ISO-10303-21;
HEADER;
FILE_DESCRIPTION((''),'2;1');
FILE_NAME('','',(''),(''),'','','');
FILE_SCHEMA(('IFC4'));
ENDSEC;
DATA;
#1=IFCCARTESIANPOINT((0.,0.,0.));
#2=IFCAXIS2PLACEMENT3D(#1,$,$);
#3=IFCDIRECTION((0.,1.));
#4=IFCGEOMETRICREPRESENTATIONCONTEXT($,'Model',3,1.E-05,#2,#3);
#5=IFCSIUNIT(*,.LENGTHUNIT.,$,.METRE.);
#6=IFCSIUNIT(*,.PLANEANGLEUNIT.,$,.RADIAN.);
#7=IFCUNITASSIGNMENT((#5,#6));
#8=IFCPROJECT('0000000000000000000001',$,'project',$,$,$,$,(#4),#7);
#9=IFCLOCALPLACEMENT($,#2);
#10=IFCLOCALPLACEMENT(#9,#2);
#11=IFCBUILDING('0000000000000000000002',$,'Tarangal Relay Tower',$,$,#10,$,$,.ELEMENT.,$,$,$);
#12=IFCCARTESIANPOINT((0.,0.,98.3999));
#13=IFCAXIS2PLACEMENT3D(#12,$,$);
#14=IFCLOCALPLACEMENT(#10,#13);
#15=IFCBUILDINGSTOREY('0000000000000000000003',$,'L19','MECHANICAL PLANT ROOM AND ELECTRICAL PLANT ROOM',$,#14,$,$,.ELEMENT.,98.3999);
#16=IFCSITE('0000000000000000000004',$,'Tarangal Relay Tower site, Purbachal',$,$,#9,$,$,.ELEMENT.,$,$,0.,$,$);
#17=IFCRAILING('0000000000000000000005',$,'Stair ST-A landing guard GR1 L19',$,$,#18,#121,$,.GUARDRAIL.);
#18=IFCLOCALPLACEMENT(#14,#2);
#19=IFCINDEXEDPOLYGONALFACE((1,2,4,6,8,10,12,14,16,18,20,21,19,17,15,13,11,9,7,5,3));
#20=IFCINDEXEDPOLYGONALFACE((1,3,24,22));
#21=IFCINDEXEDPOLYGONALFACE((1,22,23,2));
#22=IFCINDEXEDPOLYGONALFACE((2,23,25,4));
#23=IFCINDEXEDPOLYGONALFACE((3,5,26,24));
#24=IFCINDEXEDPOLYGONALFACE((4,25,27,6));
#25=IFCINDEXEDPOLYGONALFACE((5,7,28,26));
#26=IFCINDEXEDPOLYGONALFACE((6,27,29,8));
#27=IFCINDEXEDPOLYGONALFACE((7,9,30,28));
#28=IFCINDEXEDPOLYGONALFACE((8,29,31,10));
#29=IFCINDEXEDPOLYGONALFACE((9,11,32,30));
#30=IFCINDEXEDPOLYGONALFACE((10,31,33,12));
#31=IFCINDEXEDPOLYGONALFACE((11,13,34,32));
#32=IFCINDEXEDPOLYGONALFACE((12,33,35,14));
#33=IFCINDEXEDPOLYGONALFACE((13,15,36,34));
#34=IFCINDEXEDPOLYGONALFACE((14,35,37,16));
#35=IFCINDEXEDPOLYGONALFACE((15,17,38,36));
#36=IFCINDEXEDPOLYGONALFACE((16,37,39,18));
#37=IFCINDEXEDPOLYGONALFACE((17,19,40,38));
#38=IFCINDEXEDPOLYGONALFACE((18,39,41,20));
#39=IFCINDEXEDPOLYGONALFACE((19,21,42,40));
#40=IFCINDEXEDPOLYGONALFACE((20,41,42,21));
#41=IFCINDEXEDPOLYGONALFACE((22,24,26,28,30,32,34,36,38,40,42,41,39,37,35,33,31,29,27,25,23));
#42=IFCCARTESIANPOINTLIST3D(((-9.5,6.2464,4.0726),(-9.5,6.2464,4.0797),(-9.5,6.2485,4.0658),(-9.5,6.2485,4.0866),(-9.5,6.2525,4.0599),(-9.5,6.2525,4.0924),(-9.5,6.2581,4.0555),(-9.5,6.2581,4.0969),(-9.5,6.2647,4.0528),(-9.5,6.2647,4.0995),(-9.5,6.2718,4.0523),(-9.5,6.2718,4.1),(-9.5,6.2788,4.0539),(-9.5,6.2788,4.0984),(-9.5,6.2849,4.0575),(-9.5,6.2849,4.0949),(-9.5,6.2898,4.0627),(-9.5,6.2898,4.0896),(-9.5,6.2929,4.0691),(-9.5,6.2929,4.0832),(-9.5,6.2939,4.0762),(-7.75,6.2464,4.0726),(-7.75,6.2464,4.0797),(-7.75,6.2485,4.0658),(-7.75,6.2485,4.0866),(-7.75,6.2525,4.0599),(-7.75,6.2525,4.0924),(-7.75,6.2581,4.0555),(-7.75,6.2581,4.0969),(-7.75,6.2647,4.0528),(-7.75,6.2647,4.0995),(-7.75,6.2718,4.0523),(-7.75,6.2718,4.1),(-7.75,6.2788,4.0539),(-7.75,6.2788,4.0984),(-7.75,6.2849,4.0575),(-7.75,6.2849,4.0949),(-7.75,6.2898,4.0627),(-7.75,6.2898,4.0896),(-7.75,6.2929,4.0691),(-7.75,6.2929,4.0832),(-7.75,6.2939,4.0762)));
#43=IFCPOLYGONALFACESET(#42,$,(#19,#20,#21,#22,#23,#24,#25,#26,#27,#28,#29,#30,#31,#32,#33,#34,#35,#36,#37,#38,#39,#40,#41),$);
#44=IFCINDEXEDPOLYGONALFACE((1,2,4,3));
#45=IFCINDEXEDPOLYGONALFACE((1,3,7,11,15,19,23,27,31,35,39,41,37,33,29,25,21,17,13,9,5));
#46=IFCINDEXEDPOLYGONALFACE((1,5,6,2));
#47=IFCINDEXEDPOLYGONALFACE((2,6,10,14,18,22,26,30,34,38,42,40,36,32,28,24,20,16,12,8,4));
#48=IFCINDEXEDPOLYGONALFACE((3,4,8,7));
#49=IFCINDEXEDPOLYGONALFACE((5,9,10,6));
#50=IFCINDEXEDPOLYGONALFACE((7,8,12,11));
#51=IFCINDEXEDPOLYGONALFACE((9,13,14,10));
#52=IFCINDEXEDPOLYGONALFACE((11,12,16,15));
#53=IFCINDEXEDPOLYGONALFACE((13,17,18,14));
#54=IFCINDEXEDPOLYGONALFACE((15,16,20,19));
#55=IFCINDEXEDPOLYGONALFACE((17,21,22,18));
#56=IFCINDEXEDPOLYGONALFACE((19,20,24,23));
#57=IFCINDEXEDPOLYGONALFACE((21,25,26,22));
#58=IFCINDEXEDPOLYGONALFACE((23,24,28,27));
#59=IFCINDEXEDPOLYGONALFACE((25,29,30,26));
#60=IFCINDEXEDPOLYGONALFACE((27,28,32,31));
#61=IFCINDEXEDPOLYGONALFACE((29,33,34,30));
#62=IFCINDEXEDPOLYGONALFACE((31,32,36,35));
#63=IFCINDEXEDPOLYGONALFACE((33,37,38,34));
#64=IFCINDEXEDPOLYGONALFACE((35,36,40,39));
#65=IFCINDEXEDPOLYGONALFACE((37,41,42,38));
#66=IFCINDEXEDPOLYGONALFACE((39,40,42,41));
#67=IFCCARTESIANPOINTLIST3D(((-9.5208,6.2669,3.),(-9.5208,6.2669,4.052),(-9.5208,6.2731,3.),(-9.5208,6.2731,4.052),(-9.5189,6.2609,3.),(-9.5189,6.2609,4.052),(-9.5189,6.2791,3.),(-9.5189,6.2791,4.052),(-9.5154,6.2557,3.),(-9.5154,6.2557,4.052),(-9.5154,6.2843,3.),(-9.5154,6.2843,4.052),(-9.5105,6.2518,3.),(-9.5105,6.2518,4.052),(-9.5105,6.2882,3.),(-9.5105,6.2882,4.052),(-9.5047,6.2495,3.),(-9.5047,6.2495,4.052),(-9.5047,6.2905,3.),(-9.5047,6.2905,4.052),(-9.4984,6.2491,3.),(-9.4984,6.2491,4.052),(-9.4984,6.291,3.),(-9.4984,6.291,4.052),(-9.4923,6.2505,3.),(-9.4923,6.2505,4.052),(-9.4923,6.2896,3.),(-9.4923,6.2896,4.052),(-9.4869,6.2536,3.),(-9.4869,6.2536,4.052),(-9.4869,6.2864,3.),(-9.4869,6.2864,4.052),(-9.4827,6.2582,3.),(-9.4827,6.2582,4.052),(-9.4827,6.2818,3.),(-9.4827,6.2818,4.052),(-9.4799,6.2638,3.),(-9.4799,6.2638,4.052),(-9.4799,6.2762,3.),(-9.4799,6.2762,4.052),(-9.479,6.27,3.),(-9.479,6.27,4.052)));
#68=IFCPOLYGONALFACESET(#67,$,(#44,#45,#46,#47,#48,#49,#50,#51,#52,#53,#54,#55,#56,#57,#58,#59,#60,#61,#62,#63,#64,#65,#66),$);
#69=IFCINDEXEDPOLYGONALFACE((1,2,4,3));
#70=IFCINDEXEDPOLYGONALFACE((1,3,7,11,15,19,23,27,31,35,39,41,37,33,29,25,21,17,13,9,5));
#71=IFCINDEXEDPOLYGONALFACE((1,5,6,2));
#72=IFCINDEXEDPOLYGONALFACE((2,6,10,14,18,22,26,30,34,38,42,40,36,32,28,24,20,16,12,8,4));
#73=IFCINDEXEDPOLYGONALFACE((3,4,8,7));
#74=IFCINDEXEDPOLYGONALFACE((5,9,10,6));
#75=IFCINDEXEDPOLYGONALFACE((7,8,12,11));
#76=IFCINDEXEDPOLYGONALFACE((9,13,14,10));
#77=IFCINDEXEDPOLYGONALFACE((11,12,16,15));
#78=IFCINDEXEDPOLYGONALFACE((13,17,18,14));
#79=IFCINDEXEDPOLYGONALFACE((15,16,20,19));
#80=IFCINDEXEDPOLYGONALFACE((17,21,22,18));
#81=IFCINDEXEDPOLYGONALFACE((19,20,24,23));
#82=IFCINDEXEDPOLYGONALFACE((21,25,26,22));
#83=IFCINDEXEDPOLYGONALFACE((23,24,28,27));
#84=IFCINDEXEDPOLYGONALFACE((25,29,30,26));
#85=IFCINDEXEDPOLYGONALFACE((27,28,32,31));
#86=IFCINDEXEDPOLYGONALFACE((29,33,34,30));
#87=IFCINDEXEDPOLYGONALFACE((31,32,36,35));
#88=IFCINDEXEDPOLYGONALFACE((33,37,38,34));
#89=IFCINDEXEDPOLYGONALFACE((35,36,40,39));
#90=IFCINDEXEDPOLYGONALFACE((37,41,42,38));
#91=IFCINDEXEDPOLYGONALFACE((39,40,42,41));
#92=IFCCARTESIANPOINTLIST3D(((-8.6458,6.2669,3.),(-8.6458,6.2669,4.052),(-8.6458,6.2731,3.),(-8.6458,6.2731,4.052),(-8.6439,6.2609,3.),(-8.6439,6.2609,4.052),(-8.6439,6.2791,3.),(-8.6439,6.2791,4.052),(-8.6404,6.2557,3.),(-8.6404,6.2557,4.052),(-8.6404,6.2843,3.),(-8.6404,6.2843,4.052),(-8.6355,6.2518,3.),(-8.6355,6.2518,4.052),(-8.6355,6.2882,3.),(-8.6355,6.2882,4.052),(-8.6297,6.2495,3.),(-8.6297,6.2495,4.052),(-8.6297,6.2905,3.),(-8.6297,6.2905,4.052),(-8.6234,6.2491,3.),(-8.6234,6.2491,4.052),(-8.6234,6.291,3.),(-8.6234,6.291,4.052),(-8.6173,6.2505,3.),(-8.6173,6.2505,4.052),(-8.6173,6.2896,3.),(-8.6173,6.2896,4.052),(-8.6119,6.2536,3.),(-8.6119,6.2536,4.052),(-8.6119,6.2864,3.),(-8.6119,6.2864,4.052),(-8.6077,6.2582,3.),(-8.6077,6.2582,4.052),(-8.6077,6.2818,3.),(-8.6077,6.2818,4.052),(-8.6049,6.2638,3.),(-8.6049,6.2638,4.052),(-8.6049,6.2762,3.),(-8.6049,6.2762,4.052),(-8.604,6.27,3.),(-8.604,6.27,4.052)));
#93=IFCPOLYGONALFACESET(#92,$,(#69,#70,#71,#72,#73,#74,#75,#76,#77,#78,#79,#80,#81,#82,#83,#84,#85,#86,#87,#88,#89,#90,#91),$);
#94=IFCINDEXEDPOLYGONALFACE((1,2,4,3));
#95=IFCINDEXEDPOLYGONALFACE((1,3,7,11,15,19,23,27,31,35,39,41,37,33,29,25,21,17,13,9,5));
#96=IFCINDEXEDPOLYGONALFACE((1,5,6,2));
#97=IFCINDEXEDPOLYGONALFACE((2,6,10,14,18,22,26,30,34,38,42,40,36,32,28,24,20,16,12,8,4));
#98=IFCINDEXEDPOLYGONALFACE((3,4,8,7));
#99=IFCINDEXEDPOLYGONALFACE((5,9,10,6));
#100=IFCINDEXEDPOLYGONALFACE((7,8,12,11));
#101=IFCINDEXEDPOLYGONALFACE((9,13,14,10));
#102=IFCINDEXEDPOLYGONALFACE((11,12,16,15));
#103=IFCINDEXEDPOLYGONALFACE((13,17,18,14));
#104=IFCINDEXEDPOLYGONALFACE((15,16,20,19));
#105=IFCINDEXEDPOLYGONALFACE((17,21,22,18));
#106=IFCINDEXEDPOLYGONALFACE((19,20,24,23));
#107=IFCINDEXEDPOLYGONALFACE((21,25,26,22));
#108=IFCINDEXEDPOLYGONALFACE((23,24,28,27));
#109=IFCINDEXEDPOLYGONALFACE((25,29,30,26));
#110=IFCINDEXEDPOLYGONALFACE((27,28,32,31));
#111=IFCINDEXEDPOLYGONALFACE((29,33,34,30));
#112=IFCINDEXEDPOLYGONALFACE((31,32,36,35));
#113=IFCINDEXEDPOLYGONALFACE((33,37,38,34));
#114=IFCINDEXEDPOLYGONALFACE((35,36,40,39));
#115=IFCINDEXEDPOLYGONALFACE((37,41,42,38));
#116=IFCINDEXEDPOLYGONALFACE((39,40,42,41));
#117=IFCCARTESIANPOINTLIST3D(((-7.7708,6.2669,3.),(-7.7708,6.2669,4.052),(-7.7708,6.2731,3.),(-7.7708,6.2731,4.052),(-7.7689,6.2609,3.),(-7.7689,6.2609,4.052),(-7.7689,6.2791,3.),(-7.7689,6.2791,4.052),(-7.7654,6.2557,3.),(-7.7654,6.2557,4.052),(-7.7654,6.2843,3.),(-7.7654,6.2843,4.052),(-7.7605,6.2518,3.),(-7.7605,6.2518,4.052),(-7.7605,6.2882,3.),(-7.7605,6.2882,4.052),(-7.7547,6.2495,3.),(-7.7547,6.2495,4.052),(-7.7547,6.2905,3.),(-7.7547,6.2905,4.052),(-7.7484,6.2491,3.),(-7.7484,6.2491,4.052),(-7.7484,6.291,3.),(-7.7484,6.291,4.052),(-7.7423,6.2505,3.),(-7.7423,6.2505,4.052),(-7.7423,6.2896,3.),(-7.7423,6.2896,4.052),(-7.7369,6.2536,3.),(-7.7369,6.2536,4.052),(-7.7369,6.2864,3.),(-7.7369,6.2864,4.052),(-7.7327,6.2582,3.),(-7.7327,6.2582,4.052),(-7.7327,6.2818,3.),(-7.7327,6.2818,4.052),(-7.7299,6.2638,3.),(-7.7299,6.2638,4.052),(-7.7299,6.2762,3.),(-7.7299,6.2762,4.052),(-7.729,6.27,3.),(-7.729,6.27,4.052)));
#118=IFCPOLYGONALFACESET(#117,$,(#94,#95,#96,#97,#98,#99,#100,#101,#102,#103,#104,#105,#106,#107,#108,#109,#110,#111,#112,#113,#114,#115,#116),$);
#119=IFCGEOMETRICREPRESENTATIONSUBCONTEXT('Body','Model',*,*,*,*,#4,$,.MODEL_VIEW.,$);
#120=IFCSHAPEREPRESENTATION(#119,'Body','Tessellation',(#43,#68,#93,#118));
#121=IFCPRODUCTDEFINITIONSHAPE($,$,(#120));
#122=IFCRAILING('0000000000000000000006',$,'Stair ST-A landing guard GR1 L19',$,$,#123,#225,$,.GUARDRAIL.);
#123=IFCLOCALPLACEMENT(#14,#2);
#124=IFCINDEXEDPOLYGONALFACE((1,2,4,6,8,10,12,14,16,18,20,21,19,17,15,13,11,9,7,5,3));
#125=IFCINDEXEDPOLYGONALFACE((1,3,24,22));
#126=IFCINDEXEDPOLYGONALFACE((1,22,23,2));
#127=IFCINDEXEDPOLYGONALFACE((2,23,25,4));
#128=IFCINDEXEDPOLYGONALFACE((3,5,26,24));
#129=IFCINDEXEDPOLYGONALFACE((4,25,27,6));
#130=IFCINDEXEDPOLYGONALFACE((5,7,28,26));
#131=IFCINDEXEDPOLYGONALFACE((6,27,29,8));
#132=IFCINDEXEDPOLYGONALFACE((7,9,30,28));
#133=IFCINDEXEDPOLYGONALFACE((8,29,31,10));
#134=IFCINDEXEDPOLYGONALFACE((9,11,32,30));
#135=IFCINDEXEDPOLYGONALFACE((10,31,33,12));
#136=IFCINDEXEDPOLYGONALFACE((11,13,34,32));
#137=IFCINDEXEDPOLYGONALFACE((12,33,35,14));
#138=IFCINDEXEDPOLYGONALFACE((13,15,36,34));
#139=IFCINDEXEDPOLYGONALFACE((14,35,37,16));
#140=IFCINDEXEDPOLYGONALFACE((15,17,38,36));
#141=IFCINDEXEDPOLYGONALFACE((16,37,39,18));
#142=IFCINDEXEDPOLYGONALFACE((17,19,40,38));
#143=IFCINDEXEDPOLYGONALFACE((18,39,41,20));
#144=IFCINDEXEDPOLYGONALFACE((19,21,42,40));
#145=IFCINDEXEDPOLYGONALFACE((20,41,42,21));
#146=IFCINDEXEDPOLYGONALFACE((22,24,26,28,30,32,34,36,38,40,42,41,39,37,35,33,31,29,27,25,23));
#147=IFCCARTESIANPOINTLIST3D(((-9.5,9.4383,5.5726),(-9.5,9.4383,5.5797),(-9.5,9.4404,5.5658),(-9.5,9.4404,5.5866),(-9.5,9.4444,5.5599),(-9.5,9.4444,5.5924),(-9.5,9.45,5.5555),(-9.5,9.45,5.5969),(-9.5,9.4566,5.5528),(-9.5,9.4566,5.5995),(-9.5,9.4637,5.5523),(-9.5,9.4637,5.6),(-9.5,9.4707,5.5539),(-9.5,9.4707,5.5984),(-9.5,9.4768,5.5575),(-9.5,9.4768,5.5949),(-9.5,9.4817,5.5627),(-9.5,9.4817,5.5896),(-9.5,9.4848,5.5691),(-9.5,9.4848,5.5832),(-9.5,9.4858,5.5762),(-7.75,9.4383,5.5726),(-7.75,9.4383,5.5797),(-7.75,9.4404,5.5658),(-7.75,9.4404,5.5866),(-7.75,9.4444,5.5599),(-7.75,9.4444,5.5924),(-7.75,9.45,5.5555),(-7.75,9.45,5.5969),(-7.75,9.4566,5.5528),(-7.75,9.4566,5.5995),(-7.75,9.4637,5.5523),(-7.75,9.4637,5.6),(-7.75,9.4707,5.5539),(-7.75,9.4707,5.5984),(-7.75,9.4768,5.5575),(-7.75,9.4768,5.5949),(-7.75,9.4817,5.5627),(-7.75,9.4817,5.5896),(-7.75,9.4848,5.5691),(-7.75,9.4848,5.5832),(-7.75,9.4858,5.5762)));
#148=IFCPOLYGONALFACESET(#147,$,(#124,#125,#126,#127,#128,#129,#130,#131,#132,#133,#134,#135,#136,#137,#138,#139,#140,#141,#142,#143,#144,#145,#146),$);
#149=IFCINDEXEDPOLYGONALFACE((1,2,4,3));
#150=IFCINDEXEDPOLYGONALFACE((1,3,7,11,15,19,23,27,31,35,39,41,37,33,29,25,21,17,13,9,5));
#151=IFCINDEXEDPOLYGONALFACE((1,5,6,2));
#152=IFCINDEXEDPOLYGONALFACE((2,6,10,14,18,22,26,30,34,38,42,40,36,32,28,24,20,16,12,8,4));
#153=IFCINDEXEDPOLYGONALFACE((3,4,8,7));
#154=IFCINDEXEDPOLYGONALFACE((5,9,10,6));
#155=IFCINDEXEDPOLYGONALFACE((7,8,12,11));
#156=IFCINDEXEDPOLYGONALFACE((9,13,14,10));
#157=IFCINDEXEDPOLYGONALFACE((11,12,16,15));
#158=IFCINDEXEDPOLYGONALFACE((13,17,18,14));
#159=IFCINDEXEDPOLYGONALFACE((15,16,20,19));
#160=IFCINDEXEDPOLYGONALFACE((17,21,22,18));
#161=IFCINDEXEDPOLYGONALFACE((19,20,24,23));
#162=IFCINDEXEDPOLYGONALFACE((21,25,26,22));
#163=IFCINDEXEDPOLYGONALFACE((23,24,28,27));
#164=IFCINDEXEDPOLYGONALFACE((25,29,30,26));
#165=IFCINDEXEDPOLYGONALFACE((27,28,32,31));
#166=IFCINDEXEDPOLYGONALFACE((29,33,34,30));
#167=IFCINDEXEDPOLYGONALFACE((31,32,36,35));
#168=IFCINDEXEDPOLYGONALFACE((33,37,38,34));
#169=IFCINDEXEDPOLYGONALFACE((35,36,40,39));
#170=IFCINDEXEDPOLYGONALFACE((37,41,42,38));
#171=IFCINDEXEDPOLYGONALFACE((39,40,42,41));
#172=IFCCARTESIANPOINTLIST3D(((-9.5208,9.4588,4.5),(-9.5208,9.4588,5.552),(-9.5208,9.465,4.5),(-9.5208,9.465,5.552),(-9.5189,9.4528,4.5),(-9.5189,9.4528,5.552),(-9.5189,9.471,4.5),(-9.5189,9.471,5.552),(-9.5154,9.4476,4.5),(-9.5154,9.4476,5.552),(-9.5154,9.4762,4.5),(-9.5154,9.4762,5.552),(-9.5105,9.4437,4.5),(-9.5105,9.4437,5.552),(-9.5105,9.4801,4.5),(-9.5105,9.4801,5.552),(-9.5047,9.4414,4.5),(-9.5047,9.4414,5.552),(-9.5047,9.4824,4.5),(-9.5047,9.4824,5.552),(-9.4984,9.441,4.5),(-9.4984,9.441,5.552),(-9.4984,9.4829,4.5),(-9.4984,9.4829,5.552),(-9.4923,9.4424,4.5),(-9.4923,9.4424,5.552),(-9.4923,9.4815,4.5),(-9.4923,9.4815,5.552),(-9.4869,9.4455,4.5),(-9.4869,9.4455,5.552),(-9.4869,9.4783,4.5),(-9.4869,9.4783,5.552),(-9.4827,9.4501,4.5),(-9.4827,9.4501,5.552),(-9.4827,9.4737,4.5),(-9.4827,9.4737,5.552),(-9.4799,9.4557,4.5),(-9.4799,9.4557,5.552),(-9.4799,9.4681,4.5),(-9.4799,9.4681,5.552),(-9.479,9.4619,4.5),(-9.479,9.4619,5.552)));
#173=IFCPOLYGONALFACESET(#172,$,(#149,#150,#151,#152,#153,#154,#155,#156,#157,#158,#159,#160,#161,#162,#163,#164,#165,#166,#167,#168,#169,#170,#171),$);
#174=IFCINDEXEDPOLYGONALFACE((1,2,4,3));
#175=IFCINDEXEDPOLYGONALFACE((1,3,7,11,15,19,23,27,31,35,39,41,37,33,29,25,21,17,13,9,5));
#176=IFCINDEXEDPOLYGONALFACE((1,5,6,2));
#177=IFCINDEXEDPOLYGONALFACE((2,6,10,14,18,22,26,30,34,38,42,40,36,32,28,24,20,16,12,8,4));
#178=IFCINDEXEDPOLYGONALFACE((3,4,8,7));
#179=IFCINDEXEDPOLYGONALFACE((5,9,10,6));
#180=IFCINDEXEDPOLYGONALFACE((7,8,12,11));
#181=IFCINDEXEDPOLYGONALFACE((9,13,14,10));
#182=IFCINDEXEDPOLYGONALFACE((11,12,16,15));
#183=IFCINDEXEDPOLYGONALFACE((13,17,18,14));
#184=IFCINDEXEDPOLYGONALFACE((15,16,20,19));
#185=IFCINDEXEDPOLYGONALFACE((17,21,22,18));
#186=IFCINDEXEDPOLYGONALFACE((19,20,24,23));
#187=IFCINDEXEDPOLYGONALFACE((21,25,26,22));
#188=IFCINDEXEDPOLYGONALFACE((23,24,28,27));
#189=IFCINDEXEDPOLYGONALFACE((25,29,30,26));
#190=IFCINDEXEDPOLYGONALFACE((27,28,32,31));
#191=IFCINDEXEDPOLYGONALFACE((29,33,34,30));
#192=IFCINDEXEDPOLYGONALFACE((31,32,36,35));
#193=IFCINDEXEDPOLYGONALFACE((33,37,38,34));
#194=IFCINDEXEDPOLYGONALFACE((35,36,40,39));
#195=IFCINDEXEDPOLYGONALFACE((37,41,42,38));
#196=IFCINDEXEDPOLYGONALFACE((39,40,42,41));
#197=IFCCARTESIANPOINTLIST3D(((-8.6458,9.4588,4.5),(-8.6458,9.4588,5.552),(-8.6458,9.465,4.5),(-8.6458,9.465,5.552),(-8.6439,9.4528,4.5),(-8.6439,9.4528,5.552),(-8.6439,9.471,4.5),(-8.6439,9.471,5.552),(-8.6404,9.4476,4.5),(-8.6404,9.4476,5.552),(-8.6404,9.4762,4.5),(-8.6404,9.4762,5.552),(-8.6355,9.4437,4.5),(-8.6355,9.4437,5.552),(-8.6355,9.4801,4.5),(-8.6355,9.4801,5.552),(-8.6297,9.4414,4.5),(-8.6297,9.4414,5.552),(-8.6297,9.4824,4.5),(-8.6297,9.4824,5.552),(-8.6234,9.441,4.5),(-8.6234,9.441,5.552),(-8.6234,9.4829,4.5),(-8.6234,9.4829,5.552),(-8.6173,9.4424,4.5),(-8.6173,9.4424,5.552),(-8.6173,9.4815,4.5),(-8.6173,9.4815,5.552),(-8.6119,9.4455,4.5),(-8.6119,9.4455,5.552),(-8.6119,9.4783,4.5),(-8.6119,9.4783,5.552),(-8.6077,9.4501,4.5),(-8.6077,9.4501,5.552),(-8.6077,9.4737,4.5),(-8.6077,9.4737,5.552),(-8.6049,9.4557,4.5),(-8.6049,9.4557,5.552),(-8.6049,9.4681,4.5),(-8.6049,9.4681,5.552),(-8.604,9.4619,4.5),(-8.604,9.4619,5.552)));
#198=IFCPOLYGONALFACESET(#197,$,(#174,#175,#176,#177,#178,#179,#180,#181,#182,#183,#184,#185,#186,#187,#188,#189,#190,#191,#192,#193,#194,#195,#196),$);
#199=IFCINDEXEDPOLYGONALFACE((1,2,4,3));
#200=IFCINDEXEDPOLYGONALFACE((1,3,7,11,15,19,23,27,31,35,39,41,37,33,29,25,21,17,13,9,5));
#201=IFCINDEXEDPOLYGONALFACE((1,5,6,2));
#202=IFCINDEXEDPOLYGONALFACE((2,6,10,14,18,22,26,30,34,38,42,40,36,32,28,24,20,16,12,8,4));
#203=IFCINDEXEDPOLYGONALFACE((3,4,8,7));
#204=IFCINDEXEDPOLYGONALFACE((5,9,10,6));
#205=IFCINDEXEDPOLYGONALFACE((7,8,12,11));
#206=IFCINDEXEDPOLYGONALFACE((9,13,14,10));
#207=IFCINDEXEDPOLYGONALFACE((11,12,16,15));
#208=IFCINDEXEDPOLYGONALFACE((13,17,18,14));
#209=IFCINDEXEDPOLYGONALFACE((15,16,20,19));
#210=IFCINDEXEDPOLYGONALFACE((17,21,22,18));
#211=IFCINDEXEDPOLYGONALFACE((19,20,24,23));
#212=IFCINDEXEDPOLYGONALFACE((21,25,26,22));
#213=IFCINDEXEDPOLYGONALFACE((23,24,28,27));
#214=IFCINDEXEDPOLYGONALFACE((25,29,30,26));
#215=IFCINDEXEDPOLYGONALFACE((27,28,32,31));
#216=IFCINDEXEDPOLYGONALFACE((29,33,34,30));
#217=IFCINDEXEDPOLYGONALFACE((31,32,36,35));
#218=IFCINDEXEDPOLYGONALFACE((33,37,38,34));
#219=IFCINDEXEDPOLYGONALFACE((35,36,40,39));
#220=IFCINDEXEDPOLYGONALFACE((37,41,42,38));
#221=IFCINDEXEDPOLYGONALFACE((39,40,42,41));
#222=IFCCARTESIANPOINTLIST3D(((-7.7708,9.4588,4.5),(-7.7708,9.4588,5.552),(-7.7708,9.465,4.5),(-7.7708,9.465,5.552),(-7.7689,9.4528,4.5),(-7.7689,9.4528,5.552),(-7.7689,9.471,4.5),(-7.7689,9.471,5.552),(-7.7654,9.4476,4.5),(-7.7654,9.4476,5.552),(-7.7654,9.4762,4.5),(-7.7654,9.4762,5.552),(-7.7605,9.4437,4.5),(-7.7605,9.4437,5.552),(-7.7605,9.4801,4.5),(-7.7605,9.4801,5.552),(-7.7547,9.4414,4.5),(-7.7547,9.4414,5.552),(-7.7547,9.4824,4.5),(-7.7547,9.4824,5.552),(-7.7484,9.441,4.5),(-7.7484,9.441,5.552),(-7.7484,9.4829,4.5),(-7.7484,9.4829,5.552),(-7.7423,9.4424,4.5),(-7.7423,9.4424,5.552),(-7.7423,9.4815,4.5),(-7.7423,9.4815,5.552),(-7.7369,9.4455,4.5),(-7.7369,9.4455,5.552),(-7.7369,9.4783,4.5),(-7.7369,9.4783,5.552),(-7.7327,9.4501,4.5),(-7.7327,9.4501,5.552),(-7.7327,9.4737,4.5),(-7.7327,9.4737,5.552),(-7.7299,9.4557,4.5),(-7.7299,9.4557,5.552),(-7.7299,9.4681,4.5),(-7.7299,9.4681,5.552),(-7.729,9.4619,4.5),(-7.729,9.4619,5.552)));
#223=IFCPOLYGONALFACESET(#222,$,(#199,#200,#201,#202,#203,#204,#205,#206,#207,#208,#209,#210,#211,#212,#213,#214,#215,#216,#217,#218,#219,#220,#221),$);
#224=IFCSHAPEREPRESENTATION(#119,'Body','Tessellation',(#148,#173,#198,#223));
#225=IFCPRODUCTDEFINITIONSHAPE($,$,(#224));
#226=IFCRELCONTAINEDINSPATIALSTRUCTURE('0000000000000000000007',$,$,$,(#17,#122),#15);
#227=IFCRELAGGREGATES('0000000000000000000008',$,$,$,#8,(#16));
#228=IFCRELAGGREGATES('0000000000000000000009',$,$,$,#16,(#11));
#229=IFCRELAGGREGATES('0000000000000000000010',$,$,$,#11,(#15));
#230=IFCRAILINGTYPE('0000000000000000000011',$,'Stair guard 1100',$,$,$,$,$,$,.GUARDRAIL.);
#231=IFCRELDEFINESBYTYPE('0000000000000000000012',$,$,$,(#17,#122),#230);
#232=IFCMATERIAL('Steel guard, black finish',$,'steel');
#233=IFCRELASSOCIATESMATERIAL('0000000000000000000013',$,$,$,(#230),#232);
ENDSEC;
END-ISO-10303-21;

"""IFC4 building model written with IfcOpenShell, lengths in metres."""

from ifc_helpers import new_model, si_unit, direction, frame, origin, origin_2d, place, context, subcontext, project, spatial, circle, extrude, material, type_object, element, save


model = new_model("IFC4")

# Units and contexts
model_context = context("Model", 3, precision=1e-05, world=origin(), true_north=direction((0.0, 1.0)))
body_context = subcontext(model_context, "Body", "Model", "MODEL_VIEW")
ifc_project = project(units=[si_unit("LENGTHUNIT", "METRE"), si_unit("PLANEANGLEUNIT", "RADIAN")], contexts=[model_context])

# Site, building, storey
site_placement = place(None, origin())
site = spatial("IfcSite", under=ifc_project, at=site_placement, Name="Tarangal Relay Tower site, Purbachal", CompositionType="ELEMENT", RefElevation=0.0)
building_placement = place(site_placement, origin())
building = spatial("IfcBuilding", under=site, at=building_placement, Name="Tarangal Relay Tower", CompositionType="ELEMENT")
storey_placement = place(building_placement, frame((0.0, 0.0, 98.3999)))
storey = spatial("IfcBuildingStorey", under=building, at=storey_placement, Name="L19", Description="MECHANICAL PLANT ROOM AND ELECTRICAL PLANT ROOM", CompositionType="ELEMENT", Elevation=98.3999)

# Railings
ifc_material_1 = material(Name="Steel guard, black finish", Category="steel")
railing_type = type_object("IfcRailingType", Name="Stair guard 1100", PredefinedType="GUARDRAIL", material=ifc_material_1)
for number, where, name in (
    (1, (-9.5, 6.27, 3.0), "Stair ST-A landing guard GR1 L19"),
    (2, (-9.5, 9.4619, 4.5), "Stair ST-A landing guard GR1 L19"),
):
    element("IfcRailing", number, at=place(storey_placement, frame(where)), inside=storey, type_object=railing_type, Name=name, PredefinedType="GUARDRAIL", context=body_context, shape_type="SweptSolid", body=[
        extrude(circle(Radius=0.0239, at=origin_2d()), frame((0.0, 0.0, 1.0762), z_axis=(1.0, 0.0, 0.0), x_axis=(0.0, 1.0, 0.0)), (0.0, 0.0, 1.0), 1.75),
        extrude(circle(Radius=0.021, at=origin_2d()), origin(), (0.0, 0.0, 1.0), 1.052),
        extrude(circle(Radius=0.021, at=origin_2d()), frame((0.875, 0.0, 0.0)), (0.0, 0.0, 1.0), 1.052),
        extrude(circle(Radius=0.021, at=origin_2d()), frame((1.75, 0.0, 0.0)), (0.0, 0.0, 1.0), 1.052),
    ])

save(model, "model.ifc")
